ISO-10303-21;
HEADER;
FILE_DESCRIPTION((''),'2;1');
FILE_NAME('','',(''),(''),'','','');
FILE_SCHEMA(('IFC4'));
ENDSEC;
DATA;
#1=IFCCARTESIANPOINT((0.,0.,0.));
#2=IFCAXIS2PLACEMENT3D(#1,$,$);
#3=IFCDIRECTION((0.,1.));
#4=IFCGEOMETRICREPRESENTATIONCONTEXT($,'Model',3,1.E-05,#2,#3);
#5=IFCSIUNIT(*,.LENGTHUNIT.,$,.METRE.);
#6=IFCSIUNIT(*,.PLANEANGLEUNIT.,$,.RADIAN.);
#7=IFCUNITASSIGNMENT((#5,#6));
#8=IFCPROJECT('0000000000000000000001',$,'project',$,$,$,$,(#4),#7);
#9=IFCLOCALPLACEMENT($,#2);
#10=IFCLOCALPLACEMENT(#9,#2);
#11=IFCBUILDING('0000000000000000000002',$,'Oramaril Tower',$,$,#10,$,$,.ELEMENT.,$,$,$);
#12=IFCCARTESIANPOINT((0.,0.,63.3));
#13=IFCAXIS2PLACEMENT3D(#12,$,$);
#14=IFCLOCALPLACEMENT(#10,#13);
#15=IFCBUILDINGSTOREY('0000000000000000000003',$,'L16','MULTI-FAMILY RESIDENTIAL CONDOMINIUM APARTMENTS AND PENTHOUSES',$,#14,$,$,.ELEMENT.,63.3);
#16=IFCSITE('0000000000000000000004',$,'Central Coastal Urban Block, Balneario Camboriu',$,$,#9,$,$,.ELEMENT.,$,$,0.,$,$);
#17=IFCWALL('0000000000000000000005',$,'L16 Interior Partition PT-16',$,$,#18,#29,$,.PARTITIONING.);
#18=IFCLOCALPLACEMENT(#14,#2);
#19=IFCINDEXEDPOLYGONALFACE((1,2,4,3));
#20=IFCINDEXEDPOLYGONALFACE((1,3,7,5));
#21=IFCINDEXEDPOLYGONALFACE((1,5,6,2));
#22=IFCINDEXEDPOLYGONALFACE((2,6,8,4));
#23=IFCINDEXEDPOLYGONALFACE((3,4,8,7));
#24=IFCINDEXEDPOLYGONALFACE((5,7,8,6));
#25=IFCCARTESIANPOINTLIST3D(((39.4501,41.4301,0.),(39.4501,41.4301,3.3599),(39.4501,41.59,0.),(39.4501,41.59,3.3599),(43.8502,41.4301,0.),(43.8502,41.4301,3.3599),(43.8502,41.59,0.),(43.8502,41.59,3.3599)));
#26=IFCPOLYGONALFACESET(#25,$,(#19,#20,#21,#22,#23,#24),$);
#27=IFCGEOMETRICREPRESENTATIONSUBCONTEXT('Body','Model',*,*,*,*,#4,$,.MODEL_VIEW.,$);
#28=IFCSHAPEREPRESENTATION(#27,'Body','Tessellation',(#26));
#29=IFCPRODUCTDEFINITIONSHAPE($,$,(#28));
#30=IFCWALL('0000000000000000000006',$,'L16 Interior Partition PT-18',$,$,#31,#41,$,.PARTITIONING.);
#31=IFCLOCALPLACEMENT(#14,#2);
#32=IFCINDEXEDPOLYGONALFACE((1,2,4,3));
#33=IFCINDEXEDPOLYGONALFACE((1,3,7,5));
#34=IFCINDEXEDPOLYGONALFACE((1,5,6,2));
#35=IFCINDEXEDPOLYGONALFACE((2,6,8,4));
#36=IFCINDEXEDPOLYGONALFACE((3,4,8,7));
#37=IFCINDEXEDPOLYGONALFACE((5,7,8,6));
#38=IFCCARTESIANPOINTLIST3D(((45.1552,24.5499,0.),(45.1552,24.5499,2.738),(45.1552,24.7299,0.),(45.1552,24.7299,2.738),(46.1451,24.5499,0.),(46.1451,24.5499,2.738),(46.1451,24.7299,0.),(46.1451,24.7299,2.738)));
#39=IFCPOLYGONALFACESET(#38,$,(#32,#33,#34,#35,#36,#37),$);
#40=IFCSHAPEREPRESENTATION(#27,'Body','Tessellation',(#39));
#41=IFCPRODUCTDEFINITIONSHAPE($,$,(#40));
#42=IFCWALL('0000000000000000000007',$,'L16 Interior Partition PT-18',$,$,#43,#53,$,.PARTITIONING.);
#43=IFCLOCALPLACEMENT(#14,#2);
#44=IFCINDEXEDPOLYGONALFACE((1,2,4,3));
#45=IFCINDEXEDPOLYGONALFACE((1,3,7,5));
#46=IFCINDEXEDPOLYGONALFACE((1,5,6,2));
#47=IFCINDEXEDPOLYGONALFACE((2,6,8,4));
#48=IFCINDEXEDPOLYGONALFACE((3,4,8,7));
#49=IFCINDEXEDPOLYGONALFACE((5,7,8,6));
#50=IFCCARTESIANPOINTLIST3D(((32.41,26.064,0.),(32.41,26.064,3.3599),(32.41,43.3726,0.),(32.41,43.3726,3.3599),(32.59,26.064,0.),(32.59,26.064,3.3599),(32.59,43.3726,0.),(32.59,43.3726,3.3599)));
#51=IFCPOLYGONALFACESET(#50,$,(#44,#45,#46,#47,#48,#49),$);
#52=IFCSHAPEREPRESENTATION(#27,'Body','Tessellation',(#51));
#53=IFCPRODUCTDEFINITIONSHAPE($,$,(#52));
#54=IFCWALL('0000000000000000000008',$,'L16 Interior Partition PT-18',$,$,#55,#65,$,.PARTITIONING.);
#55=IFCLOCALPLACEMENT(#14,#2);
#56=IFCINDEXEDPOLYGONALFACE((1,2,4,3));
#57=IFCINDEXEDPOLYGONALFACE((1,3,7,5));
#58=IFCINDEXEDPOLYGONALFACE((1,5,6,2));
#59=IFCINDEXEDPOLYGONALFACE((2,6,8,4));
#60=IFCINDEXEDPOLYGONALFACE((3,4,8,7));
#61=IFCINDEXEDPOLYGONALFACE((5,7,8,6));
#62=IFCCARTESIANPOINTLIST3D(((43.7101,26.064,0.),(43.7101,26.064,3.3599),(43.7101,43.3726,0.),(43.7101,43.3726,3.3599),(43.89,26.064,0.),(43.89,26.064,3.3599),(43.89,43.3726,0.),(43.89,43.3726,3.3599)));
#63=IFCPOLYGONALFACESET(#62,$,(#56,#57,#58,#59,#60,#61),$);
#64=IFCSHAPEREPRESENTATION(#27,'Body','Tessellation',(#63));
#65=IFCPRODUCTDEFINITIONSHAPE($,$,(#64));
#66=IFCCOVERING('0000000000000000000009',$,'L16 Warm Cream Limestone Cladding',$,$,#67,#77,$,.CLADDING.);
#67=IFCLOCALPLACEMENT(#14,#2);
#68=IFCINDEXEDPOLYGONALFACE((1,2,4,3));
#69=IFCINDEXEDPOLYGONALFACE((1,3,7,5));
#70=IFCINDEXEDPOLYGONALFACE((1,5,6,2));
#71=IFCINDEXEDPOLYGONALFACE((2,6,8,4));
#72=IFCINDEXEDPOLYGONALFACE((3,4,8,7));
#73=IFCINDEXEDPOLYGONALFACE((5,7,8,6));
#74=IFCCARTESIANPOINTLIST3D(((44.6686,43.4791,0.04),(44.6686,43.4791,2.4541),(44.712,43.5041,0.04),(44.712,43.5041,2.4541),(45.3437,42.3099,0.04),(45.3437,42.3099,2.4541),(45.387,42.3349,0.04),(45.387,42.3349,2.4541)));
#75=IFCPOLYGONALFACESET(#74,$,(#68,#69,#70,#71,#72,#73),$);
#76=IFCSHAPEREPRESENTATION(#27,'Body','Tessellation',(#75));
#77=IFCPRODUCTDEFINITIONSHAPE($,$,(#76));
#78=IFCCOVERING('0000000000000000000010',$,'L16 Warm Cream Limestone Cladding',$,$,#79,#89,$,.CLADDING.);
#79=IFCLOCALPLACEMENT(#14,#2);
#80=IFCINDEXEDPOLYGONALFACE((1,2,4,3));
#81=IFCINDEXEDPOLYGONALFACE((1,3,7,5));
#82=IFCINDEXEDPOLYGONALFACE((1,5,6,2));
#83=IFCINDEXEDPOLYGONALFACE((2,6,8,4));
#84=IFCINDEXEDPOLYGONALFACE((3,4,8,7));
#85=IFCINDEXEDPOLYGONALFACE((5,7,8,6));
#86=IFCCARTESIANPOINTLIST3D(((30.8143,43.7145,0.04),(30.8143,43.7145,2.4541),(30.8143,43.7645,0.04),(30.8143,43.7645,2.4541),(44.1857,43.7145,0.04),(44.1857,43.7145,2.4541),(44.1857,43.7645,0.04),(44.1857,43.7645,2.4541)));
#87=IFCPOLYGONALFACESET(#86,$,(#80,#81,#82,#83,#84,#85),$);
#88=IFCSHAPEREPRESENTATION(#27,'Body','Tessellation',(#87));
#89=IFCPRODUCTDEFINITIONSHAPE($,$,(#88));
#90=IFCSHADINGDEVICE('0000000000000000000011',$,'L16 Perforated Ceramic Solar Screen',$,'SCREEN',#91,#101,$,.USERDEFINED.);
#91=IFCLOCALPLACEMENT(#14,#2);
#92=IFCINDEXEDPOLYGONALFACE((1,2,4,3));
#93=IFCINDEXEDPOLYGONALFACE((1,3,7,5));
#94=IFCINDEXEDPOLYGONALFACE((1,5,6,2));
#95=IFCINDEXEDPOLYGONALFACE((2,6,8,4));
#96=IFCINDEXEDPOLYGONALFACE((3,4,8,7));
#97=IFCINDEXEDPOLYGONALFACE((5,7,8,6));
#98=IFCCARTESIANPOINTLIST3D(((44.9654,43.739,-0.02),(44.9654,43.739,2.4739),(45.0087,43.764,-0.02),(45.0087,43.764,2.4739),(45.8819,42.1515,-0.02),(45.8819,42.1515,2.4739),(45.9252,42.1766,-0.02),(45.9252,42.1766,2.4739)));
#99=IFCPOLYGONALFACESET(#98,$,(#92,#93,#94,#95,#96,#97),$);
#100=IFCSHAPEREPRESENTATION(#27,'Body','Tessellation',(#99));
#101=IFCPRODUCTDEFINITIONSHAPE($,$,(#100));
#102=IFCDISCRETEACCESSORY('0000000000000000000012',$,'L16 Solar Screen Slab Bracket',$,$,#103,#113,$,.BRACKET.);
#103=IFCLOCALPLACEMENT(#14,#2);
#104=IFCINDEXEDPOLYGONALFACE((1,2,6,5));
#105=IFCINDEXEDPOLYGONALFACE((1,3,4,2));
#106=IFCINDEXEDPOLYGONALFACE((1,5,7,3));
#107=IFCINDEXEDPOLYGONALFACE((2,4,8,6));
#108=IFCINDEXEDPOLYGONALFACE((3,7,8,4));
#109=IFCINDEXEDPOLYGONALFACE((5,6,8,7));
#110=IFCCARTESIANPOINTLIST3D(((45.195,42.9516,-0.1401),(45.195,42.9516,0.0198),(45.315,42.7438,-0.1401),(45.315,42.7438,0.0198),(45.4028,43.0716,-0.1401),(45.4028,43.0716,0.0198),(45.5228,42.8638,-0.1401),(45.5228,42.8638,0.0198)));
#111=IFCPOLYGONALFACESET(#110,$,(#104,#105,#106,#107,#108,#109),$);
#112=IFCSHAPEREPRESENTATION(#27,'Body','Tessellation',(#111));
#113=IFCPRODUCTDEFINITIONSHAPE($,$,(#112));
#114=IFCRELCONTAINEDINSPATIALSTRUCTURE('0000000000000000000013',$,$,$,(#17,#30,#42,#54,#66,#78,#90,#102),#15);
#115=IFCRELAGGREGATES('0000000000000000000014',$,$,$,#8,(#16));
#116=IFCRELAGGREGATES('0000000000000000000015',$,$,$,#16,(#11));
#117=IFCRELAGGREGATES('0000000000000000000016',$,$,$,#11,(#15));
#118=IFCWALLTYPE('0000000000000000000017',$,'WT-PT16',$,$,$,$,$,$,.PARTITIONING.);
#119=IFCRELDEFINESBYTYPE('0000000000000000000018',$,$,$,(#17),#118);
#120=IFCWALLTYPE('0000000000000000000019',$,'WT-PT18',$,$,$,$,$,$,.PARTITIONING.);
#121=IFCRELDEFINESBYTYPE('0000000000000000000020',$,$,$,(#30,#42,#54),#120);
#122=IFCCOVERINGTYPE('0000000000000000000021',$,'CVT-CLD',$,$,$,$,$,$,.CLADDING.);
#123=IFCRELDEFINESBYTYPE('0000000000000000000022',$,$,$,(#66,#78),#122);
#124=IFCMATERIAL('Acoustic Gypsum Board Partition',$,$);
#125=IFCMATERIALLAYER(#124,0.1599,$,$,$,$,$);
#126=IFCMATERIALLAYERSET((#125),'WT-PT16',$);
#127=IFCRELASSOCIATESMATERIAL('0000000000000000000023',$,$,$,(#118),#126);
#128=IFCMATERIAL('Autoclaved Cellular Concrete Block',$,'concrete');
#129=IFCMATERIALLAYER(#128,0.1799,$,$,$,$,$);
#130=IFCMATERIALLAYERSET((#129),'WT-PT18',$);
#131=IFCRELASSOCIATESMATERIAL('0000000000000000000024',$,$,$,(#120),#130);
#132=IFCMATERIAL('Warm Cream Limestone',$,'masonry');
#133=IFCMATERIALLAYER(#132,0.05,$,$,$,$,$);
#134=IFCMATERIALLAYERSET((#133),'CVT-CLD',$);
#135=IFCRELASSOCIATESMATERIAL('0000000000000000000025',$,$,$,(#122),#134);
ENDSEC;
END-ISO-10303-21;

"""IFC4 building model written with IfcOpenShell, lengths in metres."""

from ifc_helpers import new_model, si_unit, direction, frame, frame_2d, origin, origin_2d, place, context, subcontext, project, spatial, rectangle, extrude, material, layer, layer_set, type_object, element, save


model = new_model("IFC4")

# Units and contexts
model_context = context("Model", 3, precision=1e-05, world=origin(), true_north=direction((0.0, 1.0)))
body_context = subcontext(model_context, "Body", "Model", "MODEL_VIEW")
ifc_project = project(units=[si_unit("LENGTHUNIT", "METRE"), si_unit("PLANEANGLEUNIT", "RADIAN")], contexts=[model_context])

# Site, building, storey
site_placement = place(None, origin())
site = spatial("IfcSite", under=ifc_project, at=site_placement, Name="Central Coastal Urban Block, Balneario Camboriu", CompositionType="ELEMENT", RefElevation=0.0)
building_placement = place(site_placement, origin())
building = spatial("IfcBuilding", under=site, at=building_placement, Name="Oramaril Tower", CompositionType="ELEMENT")
storey_placement = place(building_placement, frame((0.0, 0.0, 63.3)))
storey = spatial("IfcBuildingStorey", under=building, at=storey_placement, Name="L16", Description="MULTI-FAMILY RESIDENTIAL CONDOMINIUM APARTMENTS AND PENTHOUSES", CompositionType="ELEMENT", Elevation=63.3)

# Wall
ifc_material_1 = material(Name="Acoustic Gypsum Board Partition")
ifc_layer_1 = layer(ifc_material_1, 0.1599)
ifc_layer_set_1 = layer_set([ifc_layer_1], Name="WT-PT16")
wall_type_1 = type_object("IfcWallType", Name="WT-PT16", PredefinedType="PARTITIONING", material=ifc_layer_set_1)
for number, where, z_axis, x_axis, name in (
    (1, (39.45, 41.51, 0.0), (0.0, 0.0, 1.0), (1.0, 0.0, 0.0), "L16 Interior Partition PT-16"),
):
    element("IfcWall", number, at=place(storey_placement, frame(where, z_axis=z_axis, x_axis=x_axis)), inside=storey, type_object=wall_type_1, Name=name, PredefinedType="PARTITIONING", context=body_context, shape_type="SweptSolid", body=[
        extrude(rectangle(XDim=4.4001, YDim=0.1599, at=frame_2d((2.2002, 0.0))), origin(), (0.0, 0.0, 1.0), 3.3599),
    ])

# Walls
ifc_material_2 = material(Name="Autoclaved Cellular Concrete Block", Category="concrete")
ifc_layer_2 = layer(ifc_material_2, 0.1799)
ifc_layer_set_2 = layer_set([ifc_layer_2], Name="WT-PT18")
wall_type_2 = type_object("IfcWallType", Name="WT-PT18", PredefinedType="PARTITIONING", material=ifc_layer_set_2)
wall_1_placement = place(storey_placement, frame((45.155, 24.6399, 0.0), z_axis=(0.0, 0.0, 1.0), x_axis=(1.0, 0.0, 0.0)))
element("IfcWall", 2, at=wall_1_placement, inside=storey, type_object=wall_type_2, Name="L16 Interior Partition PT-18", PredefinedType="PARTITIONING", context=body_context, shape_type="SweptSolid", body=[
    extrude(rectangle(XDim=0.99, YDim=0.1799, at=frame_2d((0.4951, 0.0))), origin(), (0.0, 0.0, 1.0), 2.738),
])
for number, where, z_axis, x_axis, name in (
    (3, (32.5, 26.064, 0.0), (0.0, 0.0, 1.0), (0.0, 1.0, 0.0), "L16 Interior Partition PT-18"),
    (4, (43.8, 26.064, 0.0), (0.0, 0.0, 1.0), (0.0, 1.0, 0.0), "L16 Interior Partition PT-18"),
):
    element("IfcWall", number, at=place(storey_placement, frame(where, z_axis=z_axis, x_axis=x_axis)), inside=storey, type_object=wall_type_2, Name=name, PredefinedType="PARTITIONING", context=body_context, shape_type="SweptSolid", body=[
        extrude(rectangle(XDim=17.3086, YDim=0.1799, at=frame_2d((8.6543, 0.0))), origin(), (0.0, 0.0, 1.0), 3.3599),
    ])

# Coverings
ifc_material_3 = material(Name="Warm Cream Limestone", Category="masonry")
ifc_layer_3 = layer(ifc_material_3, 0.05)
ifc_layer_set_3 = layer_set([ifc_layer_3], Name="CVT-CLD")
covering_type = type_object("IfcCoveringType", Name="CVT-CLD", PredefinedType="CLADDING", material=ifc_layer_set_3)
covering_1_placement = place(storey_placement, frame((45.0278, 42.907, 0.04), z_axis=(0.0, 0.0, 1.0), x_axis=(-0.499998, 0.866026, 0.0)))
element("IfcCovering", 5, at=covering_1_placement, inside=storey, type_object=covering_type, Name="L16 Warm Cream Limestone Cladding", PredefinedType="CLADDING", context=body_context, shape_type="SweptSolid", body=[
    extrude(rectangle(XDim=1.3501, YDim=0.05, at=origin_2d()), origin(), (0.0, 0.0, 1.0), 2.4141),
])
covering_2_placement = place(storey_placement, frame((37.5, 43.7395, 0.04), z_axis=(0.0, 0.0, 1.0), x_axis=(-1.0, 0.0, 0.0)))
element("IfcCovering", 6, at=covering_2_placement, inside=storey, type_object=covering_type, Name="L16 Warm Cream Limestone Cladding", PredefinedType="CLADDING", context=body_context, shape_type="SweptSolid", body=[
    extrude(rectangle(XDim=13.3713, YDim=0.05, at=origin_2d()), origin(), (0.0, 0.0, 1.0), 2.4141),
])

# Shading device
shading_device_placement = place(storey_placement, frame((45.4453, 42.9578, -0.02), z_axis=(0.0, 0.0, 1.0), x_axis=(-0.499998, 0.866026, 0.0)))
element("IfcShadingDevice", 7, at=shading_device_placement, inside=storey, Name="L16 Perforated Ceramic Solar Screen", ObjectType="SCREEN", PredefinedType="USERDEFINED", context=body_context, shape_type="SweptSolid", body=[
    extrude(rectangle(XDim=1.833, YDim=0.05, at=origin_2d()), origin(), (0.0, 0.0, 1.0), 2.4939),
])

# Discrete accessory
discrete_accessory_placement = place(storey_placement, frame((45.3589, 42.9077, -0.1401), z_axis=(0.0, 0.0, 1.0), x_axis=(-0.499998, 0.866026, 0.0)))
element("IfcDiscreteAccessory", 8, at=discrete_accessory_placement, inside=storey, Name="L16 Solar Screen Slab Bracket", PredefinedType="BRACKET", context=body_context, shape_type="SweptSolid", body=[
    extrude(rectangle(XDim=0.24, YDim=0.24, at=origin_2d()), origin(), (0.0, 0.0, 1.0), 0.1599),
])

save(model, "model.ifc")
